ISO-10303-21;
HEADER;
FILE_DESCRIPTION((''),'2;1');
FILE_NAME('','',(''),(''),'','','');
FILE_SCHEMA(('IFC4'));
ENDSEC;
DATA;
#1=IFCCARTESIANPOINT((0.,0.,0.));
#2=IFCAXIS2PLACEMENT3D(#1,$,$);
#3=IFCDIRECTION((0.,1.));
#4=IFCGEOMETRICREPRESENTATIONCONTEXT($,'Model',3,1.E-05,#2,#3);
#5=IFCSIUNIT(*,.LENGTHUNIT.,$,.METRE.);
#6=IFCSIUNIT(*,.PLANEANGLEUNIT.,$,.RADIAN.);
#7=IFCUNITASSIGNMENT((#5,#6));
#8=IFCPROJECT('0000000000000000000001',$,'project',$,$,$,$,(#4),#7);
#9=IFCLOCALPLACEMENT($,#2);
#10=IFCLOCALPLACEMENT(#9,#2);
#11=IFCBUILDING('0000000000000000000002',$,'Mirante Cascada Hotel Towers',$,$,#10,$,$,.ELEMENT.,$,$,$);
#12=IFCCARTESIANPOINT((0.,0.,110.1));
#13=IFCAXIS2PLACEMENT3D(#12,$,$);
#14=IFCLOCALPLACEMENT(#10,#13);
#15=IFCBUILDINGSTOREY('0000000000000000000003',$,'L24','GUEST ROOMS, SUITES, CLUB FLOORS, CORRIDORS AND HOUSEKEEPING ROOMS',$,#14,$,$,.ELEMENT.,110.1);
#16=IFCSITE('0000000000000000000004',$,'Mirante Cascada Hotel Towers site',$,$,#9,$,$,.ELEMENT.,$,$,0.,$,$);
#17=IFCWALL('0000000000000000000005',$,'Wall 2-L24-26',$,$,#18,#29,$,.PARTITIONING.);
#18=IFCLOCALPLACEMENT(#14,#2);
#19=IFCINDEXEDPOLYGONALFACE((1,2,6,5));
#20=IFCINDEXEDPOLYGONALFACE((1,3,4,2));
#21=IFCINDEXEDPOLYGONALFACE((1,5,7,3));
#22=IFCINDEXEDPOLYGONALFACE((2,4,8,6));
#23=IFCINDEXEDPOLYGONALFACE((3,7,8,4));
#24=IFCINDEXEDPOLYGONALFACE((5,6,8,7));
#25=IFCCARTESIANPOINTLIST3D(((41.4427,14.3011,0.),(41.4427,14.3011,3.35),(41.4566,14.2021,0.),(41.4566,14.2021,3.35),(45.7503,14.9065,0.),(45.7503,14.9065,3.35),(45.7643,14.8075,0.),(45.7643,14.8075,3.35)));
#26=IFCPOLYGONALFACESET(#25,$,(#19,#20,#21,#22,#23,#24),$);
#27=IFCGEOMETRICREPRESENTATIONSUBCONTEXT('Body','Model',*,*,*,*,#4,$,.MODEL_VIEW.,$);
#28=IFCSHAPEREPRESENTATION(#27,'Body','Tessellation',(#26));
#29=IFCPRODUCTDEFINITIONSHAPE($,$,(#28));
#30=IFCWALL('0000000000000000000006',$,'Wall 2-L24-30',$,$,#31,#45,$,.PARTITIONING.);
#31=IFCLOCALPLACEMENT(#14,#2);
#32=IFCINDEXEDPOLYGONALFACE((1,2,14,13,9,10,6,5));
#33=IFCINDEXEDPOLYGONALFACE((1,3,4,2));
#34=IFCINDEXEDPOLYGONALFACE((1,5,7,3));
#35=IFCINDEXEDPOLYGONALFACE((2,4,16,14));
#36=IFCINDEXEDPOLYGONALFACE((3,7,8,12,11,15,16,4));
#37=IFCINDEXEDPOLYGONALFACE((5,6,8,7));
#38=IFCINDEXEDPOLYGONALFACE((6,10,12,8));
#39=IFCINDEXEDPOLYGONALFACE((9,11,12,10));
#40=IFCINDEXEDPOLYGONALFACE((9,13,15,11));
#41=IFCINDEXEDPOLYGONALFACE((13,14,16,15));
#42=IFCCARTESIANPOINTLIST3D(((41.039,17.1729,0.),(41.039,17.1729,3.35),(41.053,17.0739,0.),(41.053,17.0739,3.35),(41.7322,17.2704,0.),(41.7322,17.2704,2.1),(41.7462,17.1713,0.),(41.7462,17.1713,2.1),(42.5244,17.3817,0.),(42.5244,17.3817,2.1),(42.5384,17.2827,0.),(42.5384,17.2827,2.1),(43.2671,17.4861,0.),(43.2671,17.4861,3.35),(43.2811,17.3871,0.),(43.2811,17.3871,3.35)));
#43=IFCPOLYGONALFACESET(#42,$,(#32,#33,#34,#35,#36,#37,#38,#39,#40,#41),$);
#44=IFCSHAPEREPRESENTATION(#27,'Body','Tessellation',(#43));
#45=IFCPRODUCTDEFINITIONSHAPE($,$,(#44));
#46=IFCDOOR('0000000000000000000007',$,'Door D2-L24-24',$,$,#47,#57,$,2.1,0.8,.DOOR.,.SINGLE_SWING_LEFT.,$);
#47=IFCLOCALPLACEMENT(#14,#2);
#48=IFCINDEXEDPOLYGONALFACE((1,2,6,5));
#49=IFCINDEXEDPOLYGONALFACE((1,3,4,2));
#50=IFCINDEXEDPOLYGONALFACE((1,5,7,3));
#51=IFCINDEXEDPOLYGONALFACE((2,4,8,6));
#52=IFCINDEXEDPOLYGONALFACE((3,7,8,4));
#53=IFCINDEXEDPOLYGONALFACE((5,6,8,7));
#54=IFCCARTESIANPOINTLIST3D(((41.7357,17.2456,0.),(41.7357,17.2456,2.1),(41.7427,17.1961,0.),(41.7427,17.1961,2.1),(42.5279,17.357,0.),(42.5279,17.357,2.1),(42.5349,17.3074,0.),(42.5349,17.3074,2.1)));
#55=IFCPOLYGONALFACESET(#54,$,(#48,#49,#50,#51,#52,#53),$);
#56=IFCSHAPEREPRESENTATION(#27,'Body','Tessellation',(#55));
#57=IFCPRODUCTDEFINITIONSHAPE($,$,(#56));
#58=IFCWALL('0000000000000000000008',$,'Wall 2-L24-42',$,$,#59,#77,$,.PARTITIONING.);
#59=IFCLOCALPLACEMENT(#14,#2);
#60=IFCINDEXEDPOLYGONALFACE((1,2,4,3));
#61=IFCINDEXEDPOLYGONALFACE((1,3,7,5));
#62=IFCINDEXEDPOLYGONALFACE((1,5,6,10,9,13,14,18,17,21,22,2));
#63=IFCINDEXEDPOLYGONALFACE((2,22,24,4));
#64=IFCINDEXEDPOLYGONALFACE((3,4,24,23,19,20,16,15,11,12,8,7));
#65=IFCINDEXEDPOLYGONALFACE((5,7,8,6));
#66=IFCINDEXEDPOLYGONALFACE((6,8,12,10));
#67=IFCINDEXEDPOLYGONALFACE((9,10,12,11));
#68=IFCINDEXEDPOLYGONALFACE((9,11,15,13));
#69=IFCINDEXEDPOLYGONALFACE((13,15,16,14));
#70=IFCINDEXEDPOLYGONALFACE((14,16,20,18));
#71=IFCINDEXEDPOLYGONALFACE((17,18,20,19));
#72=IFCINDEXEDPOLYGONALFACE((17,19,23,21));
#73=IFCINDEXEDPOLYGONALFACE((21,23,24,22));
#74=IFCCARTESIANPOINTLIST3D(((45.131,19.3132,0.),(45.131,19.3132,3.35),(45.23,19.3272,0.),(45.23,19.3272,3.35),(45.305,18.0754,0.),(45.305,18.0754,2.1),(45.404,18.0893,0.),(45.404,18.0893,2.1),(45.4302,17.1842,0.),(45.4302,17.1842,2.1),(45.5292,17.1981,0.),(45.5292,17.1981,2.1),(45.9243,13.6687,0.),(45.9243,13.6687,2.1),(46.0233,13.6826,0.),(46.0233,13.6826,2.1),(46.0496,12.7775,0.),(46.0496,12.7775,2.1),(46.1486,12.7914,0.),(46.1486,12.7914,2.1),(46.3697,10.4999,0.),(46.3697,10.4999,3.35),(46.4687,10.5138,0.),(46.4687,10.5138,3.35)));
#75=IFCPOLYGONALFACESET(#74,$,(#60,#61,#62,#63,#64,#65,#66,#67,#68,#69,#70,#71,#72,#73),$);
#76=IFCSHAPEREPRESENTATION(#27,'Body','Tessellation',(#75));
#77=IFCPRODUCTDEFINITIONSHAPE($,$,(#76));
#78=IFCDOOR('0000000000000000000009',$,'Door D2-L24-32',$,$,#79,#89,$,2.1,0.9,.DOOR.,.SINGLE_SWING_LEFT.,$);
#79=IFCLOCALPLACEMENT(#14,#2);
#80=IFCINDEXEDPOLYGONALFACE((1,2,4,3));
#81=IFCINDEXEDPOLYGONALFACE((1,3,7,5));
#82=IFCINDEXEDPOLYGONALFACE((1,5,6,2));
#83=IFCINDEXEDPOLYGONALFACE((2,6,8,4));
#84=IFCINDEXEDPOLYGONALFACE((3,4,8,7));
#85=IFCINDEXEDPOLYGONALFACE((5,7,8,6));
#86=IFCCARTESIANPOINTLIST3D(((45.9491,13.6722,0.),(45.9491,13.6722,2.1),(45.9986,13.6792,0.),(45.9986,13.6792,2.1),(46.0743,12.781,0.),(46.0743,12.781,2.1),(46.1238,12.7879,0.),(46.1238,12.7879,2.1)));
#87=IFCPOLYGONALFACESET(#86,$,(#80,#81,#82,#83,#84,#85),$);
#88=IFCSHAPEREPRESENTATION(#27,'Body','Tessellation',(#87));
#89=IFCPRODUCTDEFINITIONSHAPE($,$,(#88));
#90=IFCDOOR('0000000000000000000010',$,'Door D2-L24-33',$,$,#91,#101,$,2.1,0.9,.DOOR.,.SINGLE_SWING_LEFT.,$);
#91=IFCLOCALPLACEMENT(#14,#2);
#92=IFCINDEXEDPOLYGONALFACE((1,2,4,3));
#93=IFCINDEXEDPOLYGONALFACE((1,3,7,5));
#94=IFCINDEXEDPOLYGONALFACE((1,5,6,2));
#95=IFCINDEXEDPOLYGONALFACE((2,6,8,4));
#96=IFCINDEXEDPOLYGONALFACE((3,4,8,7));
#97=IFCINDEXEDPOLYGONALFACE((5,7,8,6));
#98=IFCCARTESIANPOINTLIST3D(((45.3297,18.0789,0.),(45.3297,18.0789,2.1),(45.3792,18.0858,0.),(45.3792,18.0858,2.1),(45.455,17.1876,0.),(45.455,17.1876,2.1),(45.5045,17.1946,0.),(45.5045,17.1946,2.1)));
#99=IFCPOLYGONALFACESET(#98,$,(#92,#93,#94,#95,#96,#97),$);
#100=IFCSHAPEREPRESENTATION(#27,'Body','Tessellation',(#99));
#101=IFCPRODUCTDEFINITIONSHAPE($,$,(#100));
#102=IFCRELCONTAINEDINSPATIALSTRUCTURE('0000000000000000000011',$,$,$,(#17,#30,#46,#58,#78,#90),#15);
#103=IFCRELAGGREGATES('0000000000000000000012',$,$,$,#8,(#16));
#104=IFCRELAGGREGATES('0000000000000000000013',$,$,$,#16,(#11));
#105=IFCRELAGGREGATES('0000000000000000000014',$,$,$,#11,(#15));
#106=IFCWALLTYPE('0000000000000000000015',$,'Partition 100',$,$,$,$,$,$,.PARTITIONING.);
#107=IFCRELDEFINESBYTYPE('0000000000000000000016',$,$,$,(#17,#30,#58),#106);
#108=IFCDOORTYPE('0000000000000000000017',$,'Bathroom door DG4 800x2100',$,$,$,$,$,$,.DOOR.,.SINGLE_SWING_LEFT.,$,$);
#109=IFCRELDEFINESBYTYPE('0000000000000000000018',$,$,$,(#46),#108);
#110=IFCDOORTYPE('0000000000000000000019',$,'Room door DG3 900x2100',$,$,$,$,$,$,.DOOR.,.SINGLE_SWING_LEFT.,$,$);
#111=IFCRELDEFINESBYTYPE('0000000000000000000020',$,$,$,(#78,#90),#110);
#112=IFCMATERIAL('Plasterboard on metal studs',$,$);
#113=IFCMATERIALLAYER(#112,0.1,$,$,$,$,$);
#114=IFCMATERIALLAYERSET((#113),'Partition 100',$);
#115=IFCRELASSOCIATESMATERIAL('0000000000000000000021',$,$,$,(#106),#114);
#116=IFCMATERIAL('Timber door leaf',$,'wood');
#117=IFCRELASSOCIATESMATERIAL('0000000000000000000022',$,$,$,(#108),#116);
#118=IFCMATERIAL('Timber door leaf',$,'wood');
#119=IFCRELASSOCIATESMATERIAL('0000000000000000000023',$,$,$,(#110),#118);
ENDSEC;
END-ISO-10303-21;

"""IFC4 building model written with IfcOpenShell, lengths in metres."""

from ifc_helpers import new_model, si_unit, direction, frame, frame_2d, origin, place, context, subcontext, project, spatial, rectangle, extrude, material, layer, layer_set, type_object, element, fill, save


model = new_model("IFC4")

# Units and contexts
model_context = context("Model", 3, precision=1e-05, world=origin(), true_north=direction((0.0, 1.0)))
body_context = subcontext(model_context, "Body", "Model", "MODEL_VIEW")
ifc_project = project(units=[si_unit("LENGTHUNIT", "METRE"), si_unit("PLANEANGLEUNIT", "RADIAN")], contexts=[model_context])

# Site, building, storey
site_placement = place(None, origin())
site = spatial("IfcSite", under=ifc_project, at=site_placement, Name="Mirante Cascada Hotel Towers site", CompositionType="ELEMENT", RefElevation=0.0)
building_placement = place(site_placement, origin())
building = spatial("IfcBuilding", under=site, at=building_placement, Name="Mirante Cascada Hotel Towers", CompositionType="ELEMENT")
storey_placement = place(building_placement, frame((0.0, 0.0, 110.1)))
storey = spatial("IfcBuildingStorey", under=building, at=storey_placement, Name="L24", Description="GUEST ROOMS, SUITES, CLUB FLOORS, CORRIDORS AND HOUSEKEEPING ROOMS", CompositionType="ELEMENT", Elevation=110.1)

# Wall
ifc_material_1 = material(Name="Plasterboard on metal studs")
ifc_layer_1 = layer(ifc_material_1, 0.1)
ifc_layer_set_1 = layer_set([ifc_layer_1], Name="Partition 100")
wall_type_1 = type_object("IfcWallType", Name="Partition 100", PredefinedType="PARTITIONING", material=ifc_layer_set_1)
wall_1_placement = place(storey_placement, frame((45.7573, 14.857, 0.0), z_axis=(0.0, 0.0, 1.0), x_axis=(-0.990268, -0.139171, 0.0)))
element("IfcWall", 1, at=wall_1_placement, inside=storey, type_object=wall_type_1, Name="Wall 2-L24-26", PredefinedType="PARTITIONING", context=body_context, shape_type="SweptSolid", body=[
    extrude(rectangle(XDim=4.35, YDim=0.1, at=frame_2d((2.175, 0.0))), origin(), (0.0, 0.0, 1.0), 3.35),
])

# Wall, opening, door
wall_2_placement = place(storey_placement, frame((43.2741, 17.4366, 0.0), z_axis=(0.0, 0.0, 1.0), x_axis=(-0.990264, -0.1392, 0.0)))
wall_2 = element("IfcWall", 2, at=wall_2_placement, inside=storey, type_object=wall_type_1, Name="Wall 2-L24-30", PredefinedType="PARTITIONING", context=body_context, shape_type="SweptSolid", body=[
    extrude(rectangle(XDim=2.25, YDim=0.1, at=frame_2d((1.125, 0.0))), origin(), (0.0, 0.0, 1.0), 3.35),
])
opening_1_placement = place(wall_2_placement, frame((0.75, 0.0, 0.0)))
opening_1 = element("IfcOpeningElement", 3, at=opening_1_placement, cuts=wall_2, PredefinedType="OPENING", context=body_context, shape_type="SweptSolid", body=[
    extrude(rectangle(XDim=0.8, YDim=2.1, at=frame_2d((0.4, 1.05))), frame((0.0, 0.05, 0.0), z_axis=(0.0, -1.0, 0.0), x_axis=(1.0, 0.0, 0.0)), (0.0, 0.0, 1.0), 0.1),
])
ifc_material_2 = material(Name="Timber door leaf", Category="wood")
door_type_1 = type_object("IfcDoorType", Name="Bathroom door DG4 800x2100", OperationType="SINGLE_SWING_LEFT", PredefinedType="DOOR", material=ifc_material_2)
door_1_placement = place(opening_1_placement, origin())
door_1 = element("IfcDoor", 4, at=door_1_placement, inside=storey, type_object=door_type_1, Name="Door D2-L24-24", OperationType="SINGLE_SWING_LEFT", OverallHeight=2.1, OverallWidth=0.8, PredefinedType="DOOR", context=body_context, shape_type="SweptSolid", body=[
    extrude(rectangle(XDim=0.8, YDim=2.1, at=frame_2d((0.4, 1.05))), frame((0.0, 0.025, 0.0), z_axis=(0.0, -1.0, 0.0), x_axis=(1.0, 0.0, 0.0)), (0.0, 0.0, 1.0), 0.05),
])
fill(opening_1, door_1)

# Wall, openings, doors
wall_3_placement = place(storey_placement, frame((45.1805, 19.3202, 0.0), z_axis=(0.0, 0.0, 1.0), x_axis=(0.139179, -0.990267, 0.0)))
wall_3 = element("IfcWall", 5, at=wall_3_placement, inside=storey, type_object=wall_type_1, Name="Wall 2-L24-42", PredefinedType="PARTITIONING", context=body_context, shape_type="SweptSolid", body=[
    extrude(rectangle(XDim=8.9, YDim=0.1, at=frame_2d((4.45, 0.0))), origin(), (0.0, 0.0, 1.0), 3.35),
])
opening_2_placement = place(wall_3_placement, frame((5.7, 0.0, 0.0)))
opening_2 = element("IfcOpeningElement", 6, at=opening_2_placement, cuts=wall_3, PredefinedType="OPENING", context=body_context, shape_type="SweptSolid", body=[
    extrude(rectangle(XDim=0.9, YDim=2.1, at=frame_2d((0.45, 1.05))), frame((0.0, 0.05, 0.0), z_axis=(0.0, -1.0, 0.0), x_axis=(1.0, 0.0, 0.0)), (0.0, 0.0, 1.0), 0.1),
])
opening_3_placement = place(wall_3_placement, frame((1.25, 0.0, 0.0)))
opening_3 = element("IfcOpeningElement", 7, at=opening_3_placement, cuts=wall_3, PredefinedType="OPENING", context=body_context, shape_type="SweptSolid", body=[
    extrude(rectangle(XDim=0.9, YDim=2.1, at=frame_2d((0.45, 1.05))), frame((0.0, 0.05, 0.0), z_axis=(0.0, -1.0, 0.0), x_axis=(1.0, 0.0, 0.0)), (0.0, 0.0, 1.0), 0.1),
])
ifc_material_3 = material(Name="Timber door leaf", Category="wood")
door_type_2 = type_object("IfcDoorType", Name="Room door DG3 900x2100", OperationType="SINGLE_SWING_LEFT", PredefinedType="DOOR", material=ifc_material_3)
door_2_placement = place(opening_2_placement, origin())
door_2 = element("IfcDoor", 8, at=door_2_placement, inside=storey, type_object=door_type_2, Name="Door D2-L24-32", OperationType="SINGLE_SWING_LEFT", OverallHeight=2.1, OverallWidth=0.9, PredefinedType="DOOR", context=body_context, shape_type="SweptSolid", body=[
    extrude(rectangle(XDim=0.9, YDim=2.1, at=frame_2d((0.45, 1.05))), frame((0.0, 0.025, 0.0), z_axis=(0.0, -1.0, 0.0), x_axis=(1.0, 0.0, 0.0)), (0.0, 0.0, 1.0), 0.05),
])
fill(opening_2, door_2)
door_3_placement = place(opening_3_placement, origin())
door_3 = element("IfcDoor", 9, at=door_3_placement, inside=storey, type_object=door_type_2, Name="Door D2-L24-33", OperationType="SINGLE_SWING_LEFT", OverallHeight=2.1, OverallWidth=0.9, PredefinedType="DOOR", context=body_context, shape_type="SweptSolid", body=[
    extrude(rectangle(XDim=0.9, YDim=2.1, at=frame_2d((0.45, 1.05))), frame((0.0, 0.025, 0.0), z_axis=(0.0, -1.0, 0.0), x_axis=(1.0, 0.0, 0.0)), (0.0, 0.0, 1.0), 0.05),
])
fill(opening_3, door_3)

save(model, "model.ifc")
